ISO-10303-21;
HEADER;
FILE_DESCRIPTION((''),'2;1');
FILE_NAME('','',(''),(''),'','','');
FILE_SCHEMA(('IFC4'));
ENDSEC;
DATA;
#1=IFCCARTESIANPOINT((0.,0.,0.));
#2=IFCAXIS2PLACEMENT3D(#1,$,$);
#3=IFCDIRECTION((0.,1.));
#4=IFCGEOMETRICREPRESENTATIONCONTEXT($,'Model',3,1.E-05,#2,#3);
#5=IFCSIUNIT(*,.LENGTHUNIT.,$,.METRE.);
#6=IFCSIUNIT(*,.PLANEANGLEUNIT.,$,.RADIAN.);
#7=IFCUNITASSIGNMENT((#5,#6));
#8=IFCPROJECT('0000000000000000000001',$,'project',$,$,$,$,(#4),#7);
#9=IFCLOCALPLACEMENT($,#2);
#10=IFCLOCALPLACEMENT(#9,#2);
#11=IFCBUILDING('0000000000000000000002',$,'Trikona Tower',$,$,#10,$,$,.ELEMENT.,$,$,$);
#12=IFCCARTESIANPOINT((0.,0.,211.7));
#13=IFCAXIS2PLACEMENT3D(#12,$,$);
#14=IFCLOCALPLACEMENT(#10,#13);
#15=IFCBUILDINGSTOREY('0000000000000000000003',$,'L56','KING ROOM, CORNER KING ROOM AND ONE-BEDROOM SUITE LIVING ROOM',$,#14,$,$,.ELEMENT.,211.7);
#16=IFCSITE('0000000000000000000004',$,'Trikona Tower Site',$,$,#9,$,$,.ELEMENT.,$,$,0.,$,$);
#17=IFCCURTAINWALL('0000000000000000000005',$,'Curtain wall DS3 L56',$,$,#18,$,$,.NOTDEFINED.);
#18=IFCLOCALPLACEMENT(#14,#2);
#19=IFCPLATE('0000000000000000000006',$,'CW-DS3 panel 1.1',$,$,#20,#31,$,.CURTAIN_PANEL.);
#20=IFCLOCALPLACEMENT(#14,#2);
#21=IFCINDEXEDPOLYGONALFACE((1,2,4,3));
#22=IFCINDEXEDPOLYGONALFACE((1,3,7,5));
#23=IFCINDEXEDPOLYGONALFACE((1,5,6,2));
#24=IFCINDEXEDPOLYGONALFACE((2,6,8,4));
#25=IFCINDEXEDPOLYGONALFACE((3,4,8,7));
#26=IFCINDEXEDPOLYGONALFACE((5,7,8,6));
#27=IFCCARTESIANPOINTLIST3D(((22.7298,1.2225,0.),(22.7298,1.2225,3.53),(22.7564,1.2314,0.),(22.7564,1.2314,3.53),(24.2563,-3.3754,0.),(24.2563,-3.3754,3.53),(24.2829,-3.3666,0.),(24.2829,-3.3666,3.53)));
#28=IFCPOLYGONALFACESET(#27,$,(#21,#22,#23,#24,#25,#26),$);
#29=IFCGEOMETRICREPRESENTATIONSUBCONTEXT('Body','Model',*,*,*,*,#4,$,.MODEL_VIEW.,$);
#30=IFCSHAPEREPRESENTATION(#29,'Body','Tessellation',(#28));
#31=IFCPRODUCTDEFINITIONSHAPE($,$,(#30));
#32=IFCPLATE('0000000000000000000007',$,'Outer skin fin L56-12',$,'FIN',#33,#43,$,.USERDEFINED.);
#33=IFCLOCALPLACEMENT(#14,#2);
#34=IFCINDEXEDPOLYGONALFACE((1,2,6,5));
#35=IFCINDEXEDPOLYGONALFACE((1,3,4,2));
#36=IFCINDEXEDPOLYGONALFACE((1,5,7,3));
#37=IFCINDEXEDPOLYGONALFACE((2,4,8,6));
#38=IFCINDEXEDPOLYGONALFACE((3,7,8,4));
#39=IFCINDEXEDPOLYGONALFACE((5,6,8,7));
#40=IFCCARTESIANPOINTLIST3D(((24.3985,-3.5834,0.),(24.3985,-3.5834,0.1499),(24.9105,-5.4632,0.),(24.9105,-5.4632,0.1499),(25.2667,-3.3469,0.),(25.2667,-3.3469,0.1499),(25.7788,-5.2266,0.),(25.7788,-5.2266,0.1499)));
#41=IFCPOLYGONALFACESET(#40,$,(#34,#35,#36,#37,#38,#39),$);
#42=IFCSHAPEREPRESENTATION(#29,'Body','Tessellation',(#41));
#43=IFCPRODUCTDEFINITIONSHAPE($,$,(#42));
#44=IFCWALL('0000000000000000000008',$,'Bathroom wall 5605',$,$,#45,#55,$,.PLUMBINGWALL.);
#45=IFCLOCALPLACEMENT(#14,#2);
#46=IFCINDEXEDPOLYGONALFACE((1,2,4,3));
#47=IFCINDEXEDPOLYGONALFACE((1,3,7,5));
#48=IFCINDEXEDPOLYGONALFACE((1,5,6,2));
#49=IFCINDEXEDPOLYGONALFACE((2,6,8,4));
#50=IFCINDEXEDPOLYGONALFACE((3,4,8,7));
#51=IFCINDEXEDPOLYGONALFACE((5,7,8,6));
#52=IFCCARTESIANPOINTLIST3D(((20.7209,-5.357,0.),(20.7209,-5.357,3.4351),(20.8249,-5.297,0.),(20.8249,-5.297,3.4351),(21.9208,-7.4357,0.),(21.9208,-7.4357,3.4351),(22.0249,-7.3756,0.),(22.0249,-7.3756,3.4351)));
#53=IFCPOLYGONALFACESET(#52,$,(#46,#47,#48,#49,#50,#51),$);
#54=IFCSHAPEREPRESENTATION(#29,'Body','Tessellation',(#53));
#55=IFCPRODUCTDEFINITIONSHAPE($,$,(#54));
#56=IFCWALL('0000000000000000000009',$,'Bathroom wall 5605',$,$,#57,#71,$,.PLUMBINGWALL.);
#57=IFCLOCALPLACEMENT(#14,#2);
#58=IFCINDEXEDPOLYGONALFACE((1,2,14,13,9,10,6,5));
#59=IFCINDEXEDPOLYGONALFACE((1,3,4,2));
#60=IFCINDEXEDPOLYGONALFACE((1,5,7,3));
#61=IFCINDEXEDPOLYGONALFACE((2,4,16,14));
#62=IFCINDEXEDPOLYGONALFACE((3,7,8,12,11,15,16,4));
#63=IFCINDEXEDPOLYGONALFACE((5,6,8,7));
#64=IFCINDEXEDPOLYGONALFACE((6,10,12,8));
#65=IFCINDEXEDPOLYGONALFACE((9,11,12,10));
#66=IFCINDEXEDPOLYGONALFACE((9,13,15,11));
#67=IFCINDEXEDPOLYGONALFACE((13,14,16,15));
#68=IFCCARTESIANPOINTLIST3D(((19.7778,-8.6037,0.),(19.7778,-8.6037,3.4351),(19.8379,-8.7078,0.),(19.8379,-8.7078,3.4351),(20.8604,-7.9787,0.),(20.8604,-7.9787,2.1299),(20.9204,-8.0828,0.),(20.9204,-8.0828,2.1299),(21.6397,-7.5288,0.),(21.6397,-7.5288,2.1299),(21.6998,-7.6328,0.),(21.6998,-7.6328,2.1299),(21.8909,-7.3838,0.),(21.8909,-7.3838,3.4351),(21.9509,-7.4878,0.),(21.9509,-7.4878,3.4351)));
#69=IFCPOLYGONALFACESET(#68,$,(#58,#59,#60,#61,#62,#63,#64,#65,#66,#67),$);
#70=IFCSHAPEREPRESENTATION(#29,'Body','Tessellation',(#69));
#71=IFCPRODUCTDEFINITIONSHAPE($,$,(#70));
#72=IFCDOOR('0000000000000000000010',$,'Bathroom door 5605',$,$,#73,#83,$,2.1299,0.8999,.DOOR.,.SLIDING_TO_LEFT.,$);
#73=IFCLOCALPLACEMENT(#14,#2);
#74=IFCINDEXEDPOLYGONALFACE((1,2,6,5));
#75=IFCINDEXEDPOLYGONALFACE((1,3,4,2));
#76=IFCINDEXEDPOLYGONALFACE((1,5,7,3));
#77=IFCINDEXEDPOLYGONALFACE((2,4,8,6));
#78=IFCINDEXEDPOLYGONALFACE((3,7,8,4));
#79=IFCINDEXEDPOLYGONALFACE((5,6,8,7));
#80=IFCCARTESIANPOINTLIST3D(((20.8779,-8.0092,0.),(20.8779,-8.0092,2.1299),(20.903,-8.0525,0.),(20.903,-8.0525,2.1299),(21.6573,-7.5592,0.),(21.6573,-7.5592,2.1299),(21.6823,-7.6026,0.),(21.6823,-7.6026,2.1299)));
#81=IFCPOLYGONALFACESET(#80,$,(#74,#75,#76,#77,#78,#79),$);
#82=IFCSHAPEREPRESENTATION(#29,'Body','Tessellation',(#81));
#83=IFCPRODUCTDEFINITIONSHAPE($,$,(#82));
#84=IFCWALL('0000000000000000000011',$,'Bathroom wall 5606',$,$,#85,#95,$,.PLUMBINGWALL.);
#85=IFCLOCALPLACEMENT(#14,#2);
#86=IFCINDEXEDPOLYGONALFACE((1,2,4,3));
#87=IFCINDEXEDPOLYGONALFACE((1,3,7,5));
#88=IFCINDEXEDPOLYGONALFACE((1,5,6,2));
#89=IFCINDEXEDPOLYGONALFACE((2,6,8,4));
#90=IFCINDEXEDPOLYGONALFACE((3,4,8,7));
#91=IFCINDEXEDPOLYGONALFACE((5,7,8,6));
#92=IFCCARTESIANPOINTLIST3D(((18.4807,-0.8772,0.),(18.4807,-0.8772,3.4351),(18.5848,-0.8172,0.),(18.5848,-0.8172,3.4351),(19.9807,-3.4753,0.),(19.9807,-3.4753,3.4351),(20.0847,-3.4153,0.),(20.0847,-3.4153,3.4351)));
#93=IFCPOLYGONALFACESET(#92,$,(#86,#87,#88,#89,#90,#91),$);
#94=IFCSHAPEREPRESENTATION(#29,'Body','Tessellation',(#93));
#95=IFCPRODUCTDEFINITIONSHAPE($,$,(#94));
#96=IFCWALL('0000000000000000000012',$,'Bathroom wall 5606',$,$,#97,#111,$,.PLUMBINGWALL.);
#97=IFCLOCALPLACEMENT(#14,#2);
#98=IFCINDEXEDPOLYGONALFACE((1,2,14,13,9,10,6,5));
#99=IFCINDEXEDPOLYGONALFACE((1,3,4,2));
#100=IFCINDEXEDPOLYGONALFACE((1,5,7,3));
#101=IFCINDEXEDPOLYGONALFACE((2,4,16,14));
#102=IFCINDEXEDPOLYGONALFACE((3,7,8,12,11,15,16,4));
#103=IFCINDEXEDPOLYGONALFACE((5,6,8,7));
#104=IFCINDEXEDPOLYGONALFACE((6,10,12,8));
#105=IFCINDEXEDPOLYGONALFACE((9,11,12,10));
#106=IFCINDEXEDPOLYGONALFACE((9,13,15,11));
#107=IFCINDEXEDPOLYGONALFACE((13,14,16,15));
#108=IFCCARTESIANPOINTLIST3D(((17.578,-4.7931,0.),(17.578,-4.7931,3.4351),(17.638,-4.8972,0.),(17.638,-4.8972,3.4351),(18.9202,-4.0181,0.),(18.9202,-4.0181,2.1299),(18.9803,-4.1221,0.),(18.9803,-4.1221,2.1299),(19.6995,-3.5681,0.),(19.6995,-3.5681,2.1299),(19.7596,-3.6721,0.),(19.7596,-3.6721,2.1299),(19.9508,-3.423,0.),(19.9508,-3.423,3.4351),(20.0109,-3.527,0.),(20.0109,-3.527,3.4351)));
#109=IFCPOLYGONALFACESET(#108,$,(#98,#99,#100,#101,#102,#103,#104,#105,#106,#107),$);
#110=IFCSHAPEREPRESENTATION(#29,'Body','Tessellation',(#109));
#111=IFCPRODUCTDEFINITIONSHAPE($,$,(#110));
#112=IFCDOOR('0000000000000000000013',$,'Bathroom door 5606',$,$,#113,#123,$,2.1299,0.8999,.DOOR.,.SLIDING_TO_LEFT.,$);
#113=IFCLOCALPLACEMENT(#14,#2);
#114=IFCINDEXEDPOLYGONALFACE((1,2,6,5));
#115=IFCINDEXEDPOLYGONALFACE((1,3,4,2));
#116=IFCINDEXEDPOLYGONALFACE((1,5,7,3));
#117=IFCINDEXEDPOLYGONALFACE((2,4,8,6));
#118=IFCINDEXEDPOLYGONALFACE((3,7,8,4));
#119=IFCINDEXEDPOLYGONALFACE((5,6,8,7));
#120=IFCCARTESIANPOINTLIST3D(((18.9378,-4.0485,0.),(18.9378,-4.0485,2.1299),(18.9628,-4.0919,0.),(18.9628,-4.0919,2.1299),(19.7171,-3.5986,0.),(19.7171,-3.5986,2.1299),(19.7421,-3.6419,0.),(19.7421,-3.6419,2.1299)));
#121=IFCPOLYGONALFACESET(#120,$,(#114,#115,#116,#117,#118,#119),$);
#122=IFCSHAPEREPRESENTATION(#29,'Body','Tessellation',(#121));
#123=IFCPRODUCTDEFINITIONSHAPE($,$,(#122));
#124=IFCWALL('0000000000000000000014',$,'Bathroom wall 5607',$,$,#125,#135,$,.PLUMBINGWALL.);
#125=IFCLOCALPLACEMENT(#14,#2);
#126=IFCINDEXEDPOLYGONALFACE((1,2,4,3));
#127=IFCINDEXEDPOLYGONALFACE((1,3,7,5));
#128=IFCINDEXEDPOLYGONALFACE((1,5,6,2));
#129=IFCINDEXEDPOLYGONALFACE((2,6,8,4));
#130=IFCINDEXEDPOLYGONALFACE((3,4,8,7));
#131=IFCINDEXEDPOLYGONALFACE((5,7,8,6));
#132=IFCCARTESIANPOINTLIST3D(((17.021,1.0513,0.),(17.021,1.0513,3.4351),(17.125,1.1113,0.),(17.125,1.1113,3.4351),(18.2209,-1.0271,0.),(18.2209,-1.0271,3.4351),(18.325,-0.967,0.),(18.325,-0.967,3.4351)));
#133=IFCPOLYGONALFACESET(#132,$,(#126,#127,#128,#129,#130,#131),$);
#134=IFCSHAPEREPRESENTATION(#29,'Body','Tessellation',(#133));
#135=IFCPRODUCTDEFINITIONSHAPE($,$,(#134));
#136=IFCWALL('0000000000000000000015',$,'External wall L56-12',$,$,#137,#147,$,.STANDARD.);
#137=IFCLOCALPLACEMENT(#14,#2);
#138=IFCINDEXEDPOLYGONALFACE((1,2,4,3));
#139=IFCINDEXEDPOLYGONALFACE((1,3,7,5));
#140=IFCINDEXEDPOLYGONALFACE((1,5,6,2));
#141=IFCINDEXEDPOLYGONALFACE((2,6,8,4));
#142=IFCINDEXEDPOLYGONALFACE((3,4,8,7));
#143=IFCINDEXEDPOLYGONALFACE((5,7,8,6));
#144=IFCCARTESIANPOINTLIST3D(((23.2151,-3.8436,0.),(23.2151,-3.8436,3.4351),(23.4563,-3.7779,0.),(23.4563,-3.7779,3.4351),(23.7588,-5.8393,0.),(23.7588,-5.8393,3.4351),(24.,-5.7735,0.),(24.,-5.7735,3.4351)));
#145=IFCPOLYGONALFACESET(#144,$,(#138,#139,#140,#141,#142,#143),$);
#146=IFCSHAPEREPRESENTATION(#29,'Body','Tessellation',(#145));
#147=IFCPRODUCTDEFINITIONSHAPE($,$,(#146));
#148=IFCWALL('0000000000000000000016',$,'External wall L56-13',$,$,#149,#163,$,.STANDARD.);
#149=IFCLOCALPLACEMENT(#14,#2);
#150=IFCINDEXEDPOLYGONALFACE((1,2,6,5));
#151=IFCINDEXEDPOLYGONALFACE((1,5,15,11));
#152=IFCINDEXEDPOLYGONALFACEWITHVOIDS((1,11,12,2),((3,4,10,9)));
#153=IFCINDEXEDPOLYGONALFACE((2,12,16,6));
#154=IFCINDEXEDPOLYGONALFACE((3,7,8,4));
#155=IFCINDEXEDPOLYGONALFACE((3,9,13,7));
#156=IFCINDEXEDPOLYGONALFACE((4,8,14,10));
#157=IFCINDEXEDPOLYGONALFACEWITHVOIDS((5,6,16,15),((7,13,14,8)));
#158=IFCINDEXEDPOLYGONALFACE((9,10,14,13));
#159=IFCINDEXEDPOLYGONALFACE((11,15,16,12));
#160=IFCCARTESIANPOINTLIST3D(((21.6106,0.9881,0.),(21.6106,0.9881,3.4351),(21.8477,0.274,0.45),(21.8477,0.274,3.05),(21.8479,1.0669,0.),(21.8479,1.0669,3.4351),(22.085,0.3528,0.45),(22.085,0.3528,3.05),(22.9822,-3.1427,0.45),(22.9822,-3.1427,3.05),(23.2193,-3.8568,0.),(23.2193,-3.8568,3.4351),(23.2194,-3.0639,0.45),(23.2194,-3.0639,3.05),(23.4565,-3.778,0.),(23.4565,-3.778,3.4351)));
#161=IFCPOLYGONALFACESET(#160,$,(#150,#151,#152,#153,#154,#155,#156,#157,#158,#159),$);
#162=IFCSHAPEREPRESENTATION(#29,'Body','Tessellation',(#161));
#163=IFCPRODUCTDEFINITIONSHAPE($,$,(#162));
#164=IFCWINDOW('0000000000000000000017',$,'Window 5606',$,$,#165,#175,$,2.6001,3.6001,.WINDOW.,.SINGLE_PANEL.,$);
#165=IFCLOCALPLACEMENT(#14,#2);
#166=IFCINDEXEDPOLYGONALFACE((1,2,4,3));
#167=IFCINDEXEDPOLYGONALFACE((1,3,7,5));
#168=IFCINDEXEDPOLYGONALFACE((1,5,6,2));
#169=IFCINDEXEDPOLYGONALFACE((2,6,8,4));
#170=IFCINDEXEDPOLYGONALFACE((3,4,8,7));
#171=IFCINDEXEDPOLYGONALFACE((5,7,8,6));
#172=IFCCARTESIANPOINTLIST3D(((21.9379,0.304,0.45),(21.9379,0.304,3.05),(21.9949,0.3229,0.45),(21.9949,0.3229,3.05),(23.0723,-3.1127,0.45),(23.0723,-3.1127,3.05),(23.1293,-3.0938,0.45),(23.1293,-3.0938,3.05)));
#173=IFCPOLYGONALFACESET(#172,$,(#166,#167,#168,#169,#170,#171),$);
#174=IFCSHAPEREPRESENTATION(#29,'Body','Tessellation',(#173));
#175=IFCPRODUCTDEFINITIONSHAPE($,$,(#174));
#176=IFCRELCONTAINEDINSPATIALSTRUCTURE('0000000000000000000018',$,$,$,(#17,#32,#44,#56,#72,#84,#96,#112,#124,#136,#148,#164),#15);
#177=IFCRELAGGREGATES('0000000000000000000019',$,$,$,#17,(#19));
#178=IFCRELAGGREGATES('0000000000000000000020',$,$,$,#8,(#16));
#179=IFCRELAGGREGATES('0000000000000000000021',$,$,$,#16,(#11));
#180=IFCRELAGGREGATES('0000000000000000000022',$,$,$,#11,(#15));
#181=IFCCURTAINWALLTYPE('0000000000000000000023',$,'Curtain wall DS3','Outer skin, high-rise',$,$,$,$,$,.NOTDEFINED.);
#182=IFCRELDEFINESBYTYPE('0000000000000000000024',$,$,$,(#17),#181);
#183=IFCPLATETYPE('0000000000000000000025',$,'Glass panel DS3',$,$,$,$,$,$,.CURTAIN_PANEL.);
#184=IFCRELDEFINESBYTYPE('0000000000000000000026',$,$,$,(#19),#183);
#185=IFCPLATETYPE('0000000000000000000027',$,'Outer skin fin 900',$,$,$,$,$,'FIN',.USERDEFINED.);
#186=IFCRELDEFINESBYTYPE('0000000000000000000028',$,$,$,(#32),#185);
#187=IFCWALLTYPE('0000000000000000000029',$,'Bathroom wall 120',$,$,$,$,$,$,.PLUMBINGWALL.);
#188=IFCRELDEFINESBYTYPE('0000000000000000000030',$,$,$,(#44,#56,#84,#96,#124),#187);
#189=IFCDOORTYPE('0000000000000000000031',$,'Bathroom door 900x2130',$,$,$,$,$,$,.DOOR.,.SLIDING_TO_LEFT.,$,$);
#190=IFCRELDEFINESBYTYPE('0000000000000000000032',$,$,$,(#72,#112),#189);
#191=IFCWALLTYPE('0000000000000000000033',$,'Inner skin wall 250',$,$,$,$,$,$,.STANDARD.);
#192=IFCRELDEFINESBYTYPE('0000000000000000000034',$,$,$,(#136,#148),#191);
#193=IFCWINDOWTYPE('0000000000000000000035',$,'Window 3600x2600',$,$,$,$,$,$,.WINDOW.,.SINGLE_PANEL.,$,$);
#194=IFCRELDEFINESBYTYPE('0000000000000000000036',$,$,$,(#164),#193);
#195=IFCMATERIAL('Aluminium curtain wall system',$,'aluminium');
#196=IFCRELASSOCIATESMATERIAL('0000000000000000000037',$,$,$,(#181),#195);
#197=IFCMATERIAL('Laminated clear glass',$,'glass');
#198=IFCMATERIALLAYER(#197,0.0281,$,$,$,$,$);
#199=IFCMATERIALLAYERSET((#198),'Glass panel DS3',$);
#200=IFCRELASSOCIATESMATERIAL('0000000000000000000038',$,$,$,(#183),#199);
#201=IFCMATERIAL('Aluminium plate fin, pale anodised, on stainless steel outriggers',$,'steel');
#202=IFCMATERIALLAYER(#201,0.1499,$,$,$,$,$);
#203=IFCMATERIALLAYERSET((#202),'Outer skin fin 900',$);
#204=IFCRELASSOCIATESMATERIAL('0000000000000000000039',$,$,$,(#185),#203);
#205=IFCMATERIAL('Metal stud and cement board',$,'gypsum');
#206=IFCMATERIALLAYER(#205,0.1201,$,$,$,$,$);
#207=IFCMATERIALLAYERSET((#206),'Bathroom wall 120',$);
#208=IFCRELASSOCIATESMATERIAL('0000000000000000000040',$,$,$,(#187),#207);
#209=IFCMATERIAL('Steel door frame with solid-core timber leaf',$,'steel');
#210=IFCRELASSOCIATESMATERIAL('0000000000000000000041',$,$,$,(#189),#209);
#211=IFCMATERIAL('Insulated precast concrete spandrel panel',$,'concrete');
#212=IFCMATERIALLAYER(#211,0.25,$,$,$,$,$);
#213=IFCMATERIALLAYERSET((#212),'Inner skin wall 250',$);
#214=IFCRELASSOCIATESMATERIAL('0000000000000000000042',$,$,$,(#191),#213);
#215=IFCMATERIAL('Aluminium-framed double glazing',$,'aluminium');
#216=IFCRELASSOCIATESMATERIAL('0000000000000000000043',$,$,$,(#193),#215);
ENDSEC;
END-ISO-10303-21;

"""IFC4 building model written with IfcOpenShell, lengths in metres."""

from ifc_helpers import new_model, si_unit, direction, frame, frame_2d, origin, origin_2d, place, context, subcontext, project, spatial, rectangle, extrude, material, layer, layer_set, type_object, element, fill, aggregate, save


model = new_model("IFC4")

# Units and contexts
model_context = context("Model", 3, precision=1e-05, world=origin(), true_north=direction((0.0, 1.0)))
body_context = subcontext(model_context, "Body", "Model", "MODEL_VIEW")
ifc_project = project(units=[si_unit("LENGTHUNIT", "METRE"), si_unit("PLANEANGLEUNIT", "RADIAN")], contexts=[model_context])

# Site, building, storey
site_placement = place(None, origin())
site = spatial("IfcSite", under=ifc_project, at=site_placement, Name="Trikona Tower Site", CompositionType="ELEMENT", RefElevation=0.0)
building_placement = place(site_placement, origin())
building = spatial("IfcBuilding", under=site, at=building_placement, Name="Trikona Tower", CompositionType="ELEMENT")
storey_placement = place(building_placement, frame((0.0, 0.0, 211.7)))
storey = spatial("IfcBuildingStorey", under=building, at=storey_placement, Name="L56", Description="KING ROOM, CORNER KING ROOM AND ONE-BEDROOM SUITE LIVING ROOM", CompositionType="ELEMENT", Elevation=211.7)

# Shared definitions
ifc_material_1 = material(Name="Aluminium curtain wall system", Category="aluminium")
curtain_wall_type = type_object("IfcCurtainWallType", Name="Curtain wall DS3", Description="Outer skin, high-rise", PredefinedType="NOTDEFINED", material=ifc_material_1)

# Curtain wall
curtain_wall_1_placement = place(storey_placement, origin())
curtain_wall_1 = element("IfcCurtainWall", 1, at=curtain_wall_1_placement, inside=storey, type_object=curtain_wall_type, Name="Curtain wall DS3 L56", PredefinedType="NOTDEFINED")

# Plates
ifc_material_2 = material(Name="Laminated clear glass", Category="glass")
ifc_layer_1 = layer(ifc_material_2, 0.0281)
ifc_layer_set_1 = layer_set([ifc_layer_1], Name="Glass panel DS3")
plate_type_1 = type_object("IfcPlateType", Name="Glass panel DS3", PredefinedType="CURTAIN_PANEL", material=ifc_layer_set_1)
plate_1_placement = place(storey_placement, frame((23.5063, -1.072, 0.0), z_axis=(0.0, 0.0, 1.0), x_axis=(-0.315078, 0.949066, 0.0)))
plate_1 = element("IfcPlate", 2, at=plate_1_placement, type_object=plate_type_1, Name="CW-DS3 panel 1.1", PredefinedType="CURTAIN_PANEL", context=body_context, shape_type="SweptSolid", body=[
    extrude(rectangle(XDim=4.8447, YDim=0.0281, at=origin_2d()), origin(), (0.0, 0.0, 1.0), 3.53),
])
aggregate(curtain_wall_1, [plate_1])
ifc_material_3 = material(Name="Aluminium plate fin, pale anodised, on stainless steel outriggers", Category="steel")
ifc_layer_2 = layer(ifc_material_3, 0.1499)
ifc_layer_set_2 = layer_set([ifc_layer_2], Name="Outer skin fin 900")
plate_type_2 = type_object("IfcPlateType", Name="Outer skin fin 900", ElementType="FIN", PredefinedType="USERDEFINED", material=ifc_layer_set_2)
plate_2_placement = place(storey_placement, frame((25.0886, -4.405, 0.0), z_axis=(0.0, 0.0, 1.0), x_axis=(-0.262822, 0.964844, 0.0)))
element("IfcPlate", 3, at=plate_2_placement, inside=storey, type_object=plate_type_2, Name="Outer skin fin L56-12", ObjectType="FIN", PredefinedType="USERDEFINED", context=body_context, shape_type="SweptSolid", body=[
    extrude(rectangle(XDim=1.9482, YDim=0.8999, at=origin_2d()), origin(), (0.0, 0.0, 1.0), 0.1499),
])

# Wall
ifc_material_4 = material(Name="Metal stud and cement board", Category="gypsum")
ifc_layer_3 = layer(ifc_material_4, 0.1201)
ifc_layer_set_3 = layer_set([ifc_layer_3], Name="Bathroom wall 120")
wall_type_1 = type_object("IfcWallType", Name="Bathroom wall 120", PredefinedType="PLUMBINGWALL", material=ifc_layer_set_3)
wall_1_placement = place(storey_placement, frame((21.9729, -7.4058, 0.0), z_axis=(0.0, 0.0, 1.0), x_axis=(-0.499957, 0.86605, 0.0)))
element("IfcWall", 4, at=wall_1_placement, inside=storey, type_object=wall_type_1, Name="Bathroom wall 5605", PredefinedType="PLUMBINGWALL", context=body_context, shape_type="SweptSolid", body=[
    extrude(rectangle(XDim=2.4001, YDim=0.1201, at=frame_2d((1.2002, 0.0))), origin(), (0.0, 0.0, 1.0), 3.4351),
])

# Wall, opening, door
wall_2_placement = place(storey_placement, frame((19.8079, -8.6558, 0.0), z_axis=(0.0, 0.0, 1.0), x_axis=(0.866024, 0.500003, 0.0)))
wall_2 = element("IfcWall", 5, at=wall_2_placement, inside=storey, type_object=wall_type_1, Name="Bathroom wall 5605", PredefinedType="PLUMBINGWALL", context=body_context, shape_type="SweptSolid", body=[
    extrude(rectangle(XDim=2.4399, YDim=0.1201, at=frame_2d((1.22, 0.0))), origin(), (0.0, 0.0, 1.0), 3.4351),
])
opening_1_placement = place(wall_2_placement, frame((1.25, 0.0, 0.0)))
opening_1 = element("IfcOpeningElement", 6, at=opening_1_placement, cuts=wall_2, PredefinedType="OPENING", context=body_context, shape_type="SweptSolid", body=[
    extrude(rectangle(XDim=0.8999, YDim=2.1299, at=frame_2d((0.45, 1.0649))), frame((0.0, 0.0701, 0.0), z_axis=(0.0, -1.0, 0.0), x_axis=(1.0, 0.0, 0.0)), (0.0, 0.0, 1.0), 0.1401),
])
ifc_material_5 = material(Name="Steel door frame with solid-core timber leaf", Category="steel")
door_type = type_object("IfcDoorType", Name="Bathroom door 900x2130", OperationType="SLIDING_TO_LEFT", PredefinedType="DOOR", material=ifc_material_5)
door_1_placement = place(opening_1_placement, origin())
door_1 = element("IfcDoor", 7, at=door_1_placement, inside=storey, type_object=door_type, Name="Bathroom door 5605", OperationType="SLIDING_TO_LEFT", OverallHeight=2.1299, OverallWidth=0.8999, PredefinedType="DOOR", context=body_context, shape_type="SweptSolid", body=[
    extrude(rectangle(XDim=0.8999, YDim=2.1299, at=frame_2d((0.45, 1.0649))), frame((0.0, 0.0249, 0.0), z_axis=(0.0, -1.0, 0.0), x_axis=(1.0, 0.0, 0.0)), (0.0, 0.0, 1.0), 0.05),
])
fill(opening_1, door_1)

# Wall
wall_3_placement = place(storey_placement, frame((20.0327, -3.4453, 0.0), z_axis=(0.0, 0.0, 1.0), x_axis=(-0.49999, 0.866031, 0.0)))
element("IfcWall", 8, at=wall_3_placement, inside=storey, type_object=wall_type_1, Name="Bathroom wall 5606", PredefinedType="PLUMBINGWALL", context=body_context, shape_type="SweptSolid", body=[
    extrude(rectangle(XDim=3.0, YDim=0.1201, at=frame_2d((1.5, 0.0))), origin(), (0.0, 0.0, 1.0), 3.4351),
])

# Wall, opening, door
wall_4_placement = place(storey_placement, frame((17.6079, -4.8452, 0.0), z_axis=(0.0, 0.0, 1.0), x_axis=(0.865997, 0.500049, 0.0)))
wall_4 = element("IfcWall", 9, at=wall_4_placement, inside=storey, type_object=wall_type_1, Name="Bathroom wall 5606", PredefinedType="PLUMBINGWALL", context=body_context, shape_type="SweptSolid", body=[
    extrude(rectangle(XDim=2.74, YDim=0.1201, at=frame_2d((1.3701, 0.0))), origin(), (0.0, 0.0, 1.0), 3.4351),
])
opening_2_placement = place(wall_4_placement, frame((1.55, 0.0, 0.0)))
opening_2 = element("IfcOpeningElement", 10, at=opening_2_placement, cuts=wall_4, PredefinedType="OPENING", context=body_context, shape_type="SweptSolid", body=[
    extrude(rectangle(XDim=0.8999, YDim=2.1299, at=frame_2d((0.45, 1.0649))), frame((0.0, 0.0701, 0.0), z_axis=(0.0, -1.0, 0.0), x_axis=(1.0, 0.0, 0.0)), (0.0, 0.0, 1.0), 0.1401),
])
door_2_placement = place(opening_2_placement, origin())
door_2 = element("IfcDoor", 11, at=door_2_placement, inside=storey, type_object=door_type, Name="Bathroom door 5606", OperationType="SLIDING_TO_LEFT", OverallHeight=2.1299, OverallWidth=0.8999, PredefinedType="DOOR", context=body_context, shape_type="SweptSolid", body=[
    extrude(rectangle(XDim=0.8999, YDim=2.1299, at=frame_2d((0.45, 1.0649))), frame((0.0, 0.0249, 0.0), z_axis=(0.0, -1.0, 0.0), x_axis=(1.0, 0.0, 0.0)), (0.0, 0.0, 1.0), 0.05),
])
fill(opening_2, door_2)

# Walls
wall_5_placement = place(storey_placement, frame((18.2729, -0.9971, 0.0), z_axis=(0.0, 0.0, 1.0), x_axis=(-0.500001, 0.866025, 0.0)))
element("IfcWall", 12, at=wall_5_placement, inside=storey, type_object=wall_type_1, Name="Bathroom wall 5607", PredefinedType="PLUMBINGWALL", context=body_context, shape_type="SweptSolid", body=[
    extrude(rectangle(XDim=2.3999, YDim=0.1201, at=frame_2d((1.2, 0.0))), origin(), (0.0, 0.0, 1.0), 3.4351),
])
ifc_material_6 = material(Name="Insulated precast concrete spandrel panel", Category="concrete")
ifc_layer_4 = layer(ifc_material_6, 0.25)
ifc_layer_set_4 = layer_set([ifc_layer_4], Name="Inner skin wall 250")
wall_type_2 = type_object("IfcWallType", Name="Inner skin wall 250", PredefinedType="STANDARD", material=ifc_layer_set_4)
wall_6_placement = place(storey_placement, frame((23.8794, -5.8064, 0.0), z_axis=(0.0, 0.0, 1.0), x_axis=(-0.262868, 0.964832, 0.0)))
element("IfcWall", 13, at=wall_6_placement, inside=storey, type_object=wall_type_2, Name="External wall L56-12", PredefinedType="STANDARD", context=body_context, shape_type="SweptSolid", body=[
    extrude(rectangle(XDim=2.0684, YDim=0.25, at=frame_2d((1.0342, 0.0))), origin(), (0.0, 0.0, 1.0), 3.4351),
])

# Wall, opening, window
wall_7_placement = place(storey_placement, frame((23.3379, -3.8174, 0.0), z_axis=(0.0, 0.0, 1.0), x_axis=(-0.315108, 0.949056, 0.0)))
wall_7 = element("IfcWall", 14, at=wall_7_placement, inside=storey, type_object=wall_type_2, Name="External wall L56-13", PredefinedType="STANDARD", context=body_context, shape_type="SweptSolid", body=[
    extrude(rectangle(XDim=5.105, YDim=0.25, at=frame_2d((2.5525, 0.0))), origin(), (0.0, 0.0, 1.0), 3.4351),
])
opening_3_placement = place(wall_7_placement, frame((0.7524, 0.0, 0.45)))
opening_3 = element("IfcOpeningElement", 15, at=opening_3_placement, cuts=wall_7, PredefinedType="OPENING", context=body_context, shape_type="SweptSolid", body=[
    extrude(rectangle(XDim=3.6001, YDim=2.6001, at=frame_2d((1.8, 1.3))), frame((0.0, 0.135, 0.0), z_axis=(0.0, -1.0, 0.0), x_axis=(1.0, 0.0, 0.0)), (0.0, 0.0, 1.0), 0.27),
])
ifc_material_7 = material(Name="Aluminium-framed double glazing", Category="aluminium")
window_type = type_object("IfcWindowType", Name="Window 3600x2600", PartitioningType="SINGLE_PANEL", PredefinedType="WINDOW", material=ifc_material_7)
window_placement = place(opening_3_placement, origin())
window = element("IfcWindow", 16, at=window_placement, inside=storey, type_object=window_type, Name="Window 5606", OverallHeight=2.6001, OverallWidth=3.6001, PartitioningType="SINGLE_PANEL", PredefinedType="WINDOW", context=body_context, shape_type="SweptSolid", body=[
    extrude(rectangle(XDim=3.6001, YDim=2.6001, at=frame_2d((1.8, 1.3))), frame((0.0, 0.03, 0.0), z_axis=(0.0, -1.0, 0.0), x_axis=(1.0, 0.0, 0.0)), (0.0, 0.0, 1.0), 0.0601),
])
fill(opening_3, window)

save(model, "model.ifc")
